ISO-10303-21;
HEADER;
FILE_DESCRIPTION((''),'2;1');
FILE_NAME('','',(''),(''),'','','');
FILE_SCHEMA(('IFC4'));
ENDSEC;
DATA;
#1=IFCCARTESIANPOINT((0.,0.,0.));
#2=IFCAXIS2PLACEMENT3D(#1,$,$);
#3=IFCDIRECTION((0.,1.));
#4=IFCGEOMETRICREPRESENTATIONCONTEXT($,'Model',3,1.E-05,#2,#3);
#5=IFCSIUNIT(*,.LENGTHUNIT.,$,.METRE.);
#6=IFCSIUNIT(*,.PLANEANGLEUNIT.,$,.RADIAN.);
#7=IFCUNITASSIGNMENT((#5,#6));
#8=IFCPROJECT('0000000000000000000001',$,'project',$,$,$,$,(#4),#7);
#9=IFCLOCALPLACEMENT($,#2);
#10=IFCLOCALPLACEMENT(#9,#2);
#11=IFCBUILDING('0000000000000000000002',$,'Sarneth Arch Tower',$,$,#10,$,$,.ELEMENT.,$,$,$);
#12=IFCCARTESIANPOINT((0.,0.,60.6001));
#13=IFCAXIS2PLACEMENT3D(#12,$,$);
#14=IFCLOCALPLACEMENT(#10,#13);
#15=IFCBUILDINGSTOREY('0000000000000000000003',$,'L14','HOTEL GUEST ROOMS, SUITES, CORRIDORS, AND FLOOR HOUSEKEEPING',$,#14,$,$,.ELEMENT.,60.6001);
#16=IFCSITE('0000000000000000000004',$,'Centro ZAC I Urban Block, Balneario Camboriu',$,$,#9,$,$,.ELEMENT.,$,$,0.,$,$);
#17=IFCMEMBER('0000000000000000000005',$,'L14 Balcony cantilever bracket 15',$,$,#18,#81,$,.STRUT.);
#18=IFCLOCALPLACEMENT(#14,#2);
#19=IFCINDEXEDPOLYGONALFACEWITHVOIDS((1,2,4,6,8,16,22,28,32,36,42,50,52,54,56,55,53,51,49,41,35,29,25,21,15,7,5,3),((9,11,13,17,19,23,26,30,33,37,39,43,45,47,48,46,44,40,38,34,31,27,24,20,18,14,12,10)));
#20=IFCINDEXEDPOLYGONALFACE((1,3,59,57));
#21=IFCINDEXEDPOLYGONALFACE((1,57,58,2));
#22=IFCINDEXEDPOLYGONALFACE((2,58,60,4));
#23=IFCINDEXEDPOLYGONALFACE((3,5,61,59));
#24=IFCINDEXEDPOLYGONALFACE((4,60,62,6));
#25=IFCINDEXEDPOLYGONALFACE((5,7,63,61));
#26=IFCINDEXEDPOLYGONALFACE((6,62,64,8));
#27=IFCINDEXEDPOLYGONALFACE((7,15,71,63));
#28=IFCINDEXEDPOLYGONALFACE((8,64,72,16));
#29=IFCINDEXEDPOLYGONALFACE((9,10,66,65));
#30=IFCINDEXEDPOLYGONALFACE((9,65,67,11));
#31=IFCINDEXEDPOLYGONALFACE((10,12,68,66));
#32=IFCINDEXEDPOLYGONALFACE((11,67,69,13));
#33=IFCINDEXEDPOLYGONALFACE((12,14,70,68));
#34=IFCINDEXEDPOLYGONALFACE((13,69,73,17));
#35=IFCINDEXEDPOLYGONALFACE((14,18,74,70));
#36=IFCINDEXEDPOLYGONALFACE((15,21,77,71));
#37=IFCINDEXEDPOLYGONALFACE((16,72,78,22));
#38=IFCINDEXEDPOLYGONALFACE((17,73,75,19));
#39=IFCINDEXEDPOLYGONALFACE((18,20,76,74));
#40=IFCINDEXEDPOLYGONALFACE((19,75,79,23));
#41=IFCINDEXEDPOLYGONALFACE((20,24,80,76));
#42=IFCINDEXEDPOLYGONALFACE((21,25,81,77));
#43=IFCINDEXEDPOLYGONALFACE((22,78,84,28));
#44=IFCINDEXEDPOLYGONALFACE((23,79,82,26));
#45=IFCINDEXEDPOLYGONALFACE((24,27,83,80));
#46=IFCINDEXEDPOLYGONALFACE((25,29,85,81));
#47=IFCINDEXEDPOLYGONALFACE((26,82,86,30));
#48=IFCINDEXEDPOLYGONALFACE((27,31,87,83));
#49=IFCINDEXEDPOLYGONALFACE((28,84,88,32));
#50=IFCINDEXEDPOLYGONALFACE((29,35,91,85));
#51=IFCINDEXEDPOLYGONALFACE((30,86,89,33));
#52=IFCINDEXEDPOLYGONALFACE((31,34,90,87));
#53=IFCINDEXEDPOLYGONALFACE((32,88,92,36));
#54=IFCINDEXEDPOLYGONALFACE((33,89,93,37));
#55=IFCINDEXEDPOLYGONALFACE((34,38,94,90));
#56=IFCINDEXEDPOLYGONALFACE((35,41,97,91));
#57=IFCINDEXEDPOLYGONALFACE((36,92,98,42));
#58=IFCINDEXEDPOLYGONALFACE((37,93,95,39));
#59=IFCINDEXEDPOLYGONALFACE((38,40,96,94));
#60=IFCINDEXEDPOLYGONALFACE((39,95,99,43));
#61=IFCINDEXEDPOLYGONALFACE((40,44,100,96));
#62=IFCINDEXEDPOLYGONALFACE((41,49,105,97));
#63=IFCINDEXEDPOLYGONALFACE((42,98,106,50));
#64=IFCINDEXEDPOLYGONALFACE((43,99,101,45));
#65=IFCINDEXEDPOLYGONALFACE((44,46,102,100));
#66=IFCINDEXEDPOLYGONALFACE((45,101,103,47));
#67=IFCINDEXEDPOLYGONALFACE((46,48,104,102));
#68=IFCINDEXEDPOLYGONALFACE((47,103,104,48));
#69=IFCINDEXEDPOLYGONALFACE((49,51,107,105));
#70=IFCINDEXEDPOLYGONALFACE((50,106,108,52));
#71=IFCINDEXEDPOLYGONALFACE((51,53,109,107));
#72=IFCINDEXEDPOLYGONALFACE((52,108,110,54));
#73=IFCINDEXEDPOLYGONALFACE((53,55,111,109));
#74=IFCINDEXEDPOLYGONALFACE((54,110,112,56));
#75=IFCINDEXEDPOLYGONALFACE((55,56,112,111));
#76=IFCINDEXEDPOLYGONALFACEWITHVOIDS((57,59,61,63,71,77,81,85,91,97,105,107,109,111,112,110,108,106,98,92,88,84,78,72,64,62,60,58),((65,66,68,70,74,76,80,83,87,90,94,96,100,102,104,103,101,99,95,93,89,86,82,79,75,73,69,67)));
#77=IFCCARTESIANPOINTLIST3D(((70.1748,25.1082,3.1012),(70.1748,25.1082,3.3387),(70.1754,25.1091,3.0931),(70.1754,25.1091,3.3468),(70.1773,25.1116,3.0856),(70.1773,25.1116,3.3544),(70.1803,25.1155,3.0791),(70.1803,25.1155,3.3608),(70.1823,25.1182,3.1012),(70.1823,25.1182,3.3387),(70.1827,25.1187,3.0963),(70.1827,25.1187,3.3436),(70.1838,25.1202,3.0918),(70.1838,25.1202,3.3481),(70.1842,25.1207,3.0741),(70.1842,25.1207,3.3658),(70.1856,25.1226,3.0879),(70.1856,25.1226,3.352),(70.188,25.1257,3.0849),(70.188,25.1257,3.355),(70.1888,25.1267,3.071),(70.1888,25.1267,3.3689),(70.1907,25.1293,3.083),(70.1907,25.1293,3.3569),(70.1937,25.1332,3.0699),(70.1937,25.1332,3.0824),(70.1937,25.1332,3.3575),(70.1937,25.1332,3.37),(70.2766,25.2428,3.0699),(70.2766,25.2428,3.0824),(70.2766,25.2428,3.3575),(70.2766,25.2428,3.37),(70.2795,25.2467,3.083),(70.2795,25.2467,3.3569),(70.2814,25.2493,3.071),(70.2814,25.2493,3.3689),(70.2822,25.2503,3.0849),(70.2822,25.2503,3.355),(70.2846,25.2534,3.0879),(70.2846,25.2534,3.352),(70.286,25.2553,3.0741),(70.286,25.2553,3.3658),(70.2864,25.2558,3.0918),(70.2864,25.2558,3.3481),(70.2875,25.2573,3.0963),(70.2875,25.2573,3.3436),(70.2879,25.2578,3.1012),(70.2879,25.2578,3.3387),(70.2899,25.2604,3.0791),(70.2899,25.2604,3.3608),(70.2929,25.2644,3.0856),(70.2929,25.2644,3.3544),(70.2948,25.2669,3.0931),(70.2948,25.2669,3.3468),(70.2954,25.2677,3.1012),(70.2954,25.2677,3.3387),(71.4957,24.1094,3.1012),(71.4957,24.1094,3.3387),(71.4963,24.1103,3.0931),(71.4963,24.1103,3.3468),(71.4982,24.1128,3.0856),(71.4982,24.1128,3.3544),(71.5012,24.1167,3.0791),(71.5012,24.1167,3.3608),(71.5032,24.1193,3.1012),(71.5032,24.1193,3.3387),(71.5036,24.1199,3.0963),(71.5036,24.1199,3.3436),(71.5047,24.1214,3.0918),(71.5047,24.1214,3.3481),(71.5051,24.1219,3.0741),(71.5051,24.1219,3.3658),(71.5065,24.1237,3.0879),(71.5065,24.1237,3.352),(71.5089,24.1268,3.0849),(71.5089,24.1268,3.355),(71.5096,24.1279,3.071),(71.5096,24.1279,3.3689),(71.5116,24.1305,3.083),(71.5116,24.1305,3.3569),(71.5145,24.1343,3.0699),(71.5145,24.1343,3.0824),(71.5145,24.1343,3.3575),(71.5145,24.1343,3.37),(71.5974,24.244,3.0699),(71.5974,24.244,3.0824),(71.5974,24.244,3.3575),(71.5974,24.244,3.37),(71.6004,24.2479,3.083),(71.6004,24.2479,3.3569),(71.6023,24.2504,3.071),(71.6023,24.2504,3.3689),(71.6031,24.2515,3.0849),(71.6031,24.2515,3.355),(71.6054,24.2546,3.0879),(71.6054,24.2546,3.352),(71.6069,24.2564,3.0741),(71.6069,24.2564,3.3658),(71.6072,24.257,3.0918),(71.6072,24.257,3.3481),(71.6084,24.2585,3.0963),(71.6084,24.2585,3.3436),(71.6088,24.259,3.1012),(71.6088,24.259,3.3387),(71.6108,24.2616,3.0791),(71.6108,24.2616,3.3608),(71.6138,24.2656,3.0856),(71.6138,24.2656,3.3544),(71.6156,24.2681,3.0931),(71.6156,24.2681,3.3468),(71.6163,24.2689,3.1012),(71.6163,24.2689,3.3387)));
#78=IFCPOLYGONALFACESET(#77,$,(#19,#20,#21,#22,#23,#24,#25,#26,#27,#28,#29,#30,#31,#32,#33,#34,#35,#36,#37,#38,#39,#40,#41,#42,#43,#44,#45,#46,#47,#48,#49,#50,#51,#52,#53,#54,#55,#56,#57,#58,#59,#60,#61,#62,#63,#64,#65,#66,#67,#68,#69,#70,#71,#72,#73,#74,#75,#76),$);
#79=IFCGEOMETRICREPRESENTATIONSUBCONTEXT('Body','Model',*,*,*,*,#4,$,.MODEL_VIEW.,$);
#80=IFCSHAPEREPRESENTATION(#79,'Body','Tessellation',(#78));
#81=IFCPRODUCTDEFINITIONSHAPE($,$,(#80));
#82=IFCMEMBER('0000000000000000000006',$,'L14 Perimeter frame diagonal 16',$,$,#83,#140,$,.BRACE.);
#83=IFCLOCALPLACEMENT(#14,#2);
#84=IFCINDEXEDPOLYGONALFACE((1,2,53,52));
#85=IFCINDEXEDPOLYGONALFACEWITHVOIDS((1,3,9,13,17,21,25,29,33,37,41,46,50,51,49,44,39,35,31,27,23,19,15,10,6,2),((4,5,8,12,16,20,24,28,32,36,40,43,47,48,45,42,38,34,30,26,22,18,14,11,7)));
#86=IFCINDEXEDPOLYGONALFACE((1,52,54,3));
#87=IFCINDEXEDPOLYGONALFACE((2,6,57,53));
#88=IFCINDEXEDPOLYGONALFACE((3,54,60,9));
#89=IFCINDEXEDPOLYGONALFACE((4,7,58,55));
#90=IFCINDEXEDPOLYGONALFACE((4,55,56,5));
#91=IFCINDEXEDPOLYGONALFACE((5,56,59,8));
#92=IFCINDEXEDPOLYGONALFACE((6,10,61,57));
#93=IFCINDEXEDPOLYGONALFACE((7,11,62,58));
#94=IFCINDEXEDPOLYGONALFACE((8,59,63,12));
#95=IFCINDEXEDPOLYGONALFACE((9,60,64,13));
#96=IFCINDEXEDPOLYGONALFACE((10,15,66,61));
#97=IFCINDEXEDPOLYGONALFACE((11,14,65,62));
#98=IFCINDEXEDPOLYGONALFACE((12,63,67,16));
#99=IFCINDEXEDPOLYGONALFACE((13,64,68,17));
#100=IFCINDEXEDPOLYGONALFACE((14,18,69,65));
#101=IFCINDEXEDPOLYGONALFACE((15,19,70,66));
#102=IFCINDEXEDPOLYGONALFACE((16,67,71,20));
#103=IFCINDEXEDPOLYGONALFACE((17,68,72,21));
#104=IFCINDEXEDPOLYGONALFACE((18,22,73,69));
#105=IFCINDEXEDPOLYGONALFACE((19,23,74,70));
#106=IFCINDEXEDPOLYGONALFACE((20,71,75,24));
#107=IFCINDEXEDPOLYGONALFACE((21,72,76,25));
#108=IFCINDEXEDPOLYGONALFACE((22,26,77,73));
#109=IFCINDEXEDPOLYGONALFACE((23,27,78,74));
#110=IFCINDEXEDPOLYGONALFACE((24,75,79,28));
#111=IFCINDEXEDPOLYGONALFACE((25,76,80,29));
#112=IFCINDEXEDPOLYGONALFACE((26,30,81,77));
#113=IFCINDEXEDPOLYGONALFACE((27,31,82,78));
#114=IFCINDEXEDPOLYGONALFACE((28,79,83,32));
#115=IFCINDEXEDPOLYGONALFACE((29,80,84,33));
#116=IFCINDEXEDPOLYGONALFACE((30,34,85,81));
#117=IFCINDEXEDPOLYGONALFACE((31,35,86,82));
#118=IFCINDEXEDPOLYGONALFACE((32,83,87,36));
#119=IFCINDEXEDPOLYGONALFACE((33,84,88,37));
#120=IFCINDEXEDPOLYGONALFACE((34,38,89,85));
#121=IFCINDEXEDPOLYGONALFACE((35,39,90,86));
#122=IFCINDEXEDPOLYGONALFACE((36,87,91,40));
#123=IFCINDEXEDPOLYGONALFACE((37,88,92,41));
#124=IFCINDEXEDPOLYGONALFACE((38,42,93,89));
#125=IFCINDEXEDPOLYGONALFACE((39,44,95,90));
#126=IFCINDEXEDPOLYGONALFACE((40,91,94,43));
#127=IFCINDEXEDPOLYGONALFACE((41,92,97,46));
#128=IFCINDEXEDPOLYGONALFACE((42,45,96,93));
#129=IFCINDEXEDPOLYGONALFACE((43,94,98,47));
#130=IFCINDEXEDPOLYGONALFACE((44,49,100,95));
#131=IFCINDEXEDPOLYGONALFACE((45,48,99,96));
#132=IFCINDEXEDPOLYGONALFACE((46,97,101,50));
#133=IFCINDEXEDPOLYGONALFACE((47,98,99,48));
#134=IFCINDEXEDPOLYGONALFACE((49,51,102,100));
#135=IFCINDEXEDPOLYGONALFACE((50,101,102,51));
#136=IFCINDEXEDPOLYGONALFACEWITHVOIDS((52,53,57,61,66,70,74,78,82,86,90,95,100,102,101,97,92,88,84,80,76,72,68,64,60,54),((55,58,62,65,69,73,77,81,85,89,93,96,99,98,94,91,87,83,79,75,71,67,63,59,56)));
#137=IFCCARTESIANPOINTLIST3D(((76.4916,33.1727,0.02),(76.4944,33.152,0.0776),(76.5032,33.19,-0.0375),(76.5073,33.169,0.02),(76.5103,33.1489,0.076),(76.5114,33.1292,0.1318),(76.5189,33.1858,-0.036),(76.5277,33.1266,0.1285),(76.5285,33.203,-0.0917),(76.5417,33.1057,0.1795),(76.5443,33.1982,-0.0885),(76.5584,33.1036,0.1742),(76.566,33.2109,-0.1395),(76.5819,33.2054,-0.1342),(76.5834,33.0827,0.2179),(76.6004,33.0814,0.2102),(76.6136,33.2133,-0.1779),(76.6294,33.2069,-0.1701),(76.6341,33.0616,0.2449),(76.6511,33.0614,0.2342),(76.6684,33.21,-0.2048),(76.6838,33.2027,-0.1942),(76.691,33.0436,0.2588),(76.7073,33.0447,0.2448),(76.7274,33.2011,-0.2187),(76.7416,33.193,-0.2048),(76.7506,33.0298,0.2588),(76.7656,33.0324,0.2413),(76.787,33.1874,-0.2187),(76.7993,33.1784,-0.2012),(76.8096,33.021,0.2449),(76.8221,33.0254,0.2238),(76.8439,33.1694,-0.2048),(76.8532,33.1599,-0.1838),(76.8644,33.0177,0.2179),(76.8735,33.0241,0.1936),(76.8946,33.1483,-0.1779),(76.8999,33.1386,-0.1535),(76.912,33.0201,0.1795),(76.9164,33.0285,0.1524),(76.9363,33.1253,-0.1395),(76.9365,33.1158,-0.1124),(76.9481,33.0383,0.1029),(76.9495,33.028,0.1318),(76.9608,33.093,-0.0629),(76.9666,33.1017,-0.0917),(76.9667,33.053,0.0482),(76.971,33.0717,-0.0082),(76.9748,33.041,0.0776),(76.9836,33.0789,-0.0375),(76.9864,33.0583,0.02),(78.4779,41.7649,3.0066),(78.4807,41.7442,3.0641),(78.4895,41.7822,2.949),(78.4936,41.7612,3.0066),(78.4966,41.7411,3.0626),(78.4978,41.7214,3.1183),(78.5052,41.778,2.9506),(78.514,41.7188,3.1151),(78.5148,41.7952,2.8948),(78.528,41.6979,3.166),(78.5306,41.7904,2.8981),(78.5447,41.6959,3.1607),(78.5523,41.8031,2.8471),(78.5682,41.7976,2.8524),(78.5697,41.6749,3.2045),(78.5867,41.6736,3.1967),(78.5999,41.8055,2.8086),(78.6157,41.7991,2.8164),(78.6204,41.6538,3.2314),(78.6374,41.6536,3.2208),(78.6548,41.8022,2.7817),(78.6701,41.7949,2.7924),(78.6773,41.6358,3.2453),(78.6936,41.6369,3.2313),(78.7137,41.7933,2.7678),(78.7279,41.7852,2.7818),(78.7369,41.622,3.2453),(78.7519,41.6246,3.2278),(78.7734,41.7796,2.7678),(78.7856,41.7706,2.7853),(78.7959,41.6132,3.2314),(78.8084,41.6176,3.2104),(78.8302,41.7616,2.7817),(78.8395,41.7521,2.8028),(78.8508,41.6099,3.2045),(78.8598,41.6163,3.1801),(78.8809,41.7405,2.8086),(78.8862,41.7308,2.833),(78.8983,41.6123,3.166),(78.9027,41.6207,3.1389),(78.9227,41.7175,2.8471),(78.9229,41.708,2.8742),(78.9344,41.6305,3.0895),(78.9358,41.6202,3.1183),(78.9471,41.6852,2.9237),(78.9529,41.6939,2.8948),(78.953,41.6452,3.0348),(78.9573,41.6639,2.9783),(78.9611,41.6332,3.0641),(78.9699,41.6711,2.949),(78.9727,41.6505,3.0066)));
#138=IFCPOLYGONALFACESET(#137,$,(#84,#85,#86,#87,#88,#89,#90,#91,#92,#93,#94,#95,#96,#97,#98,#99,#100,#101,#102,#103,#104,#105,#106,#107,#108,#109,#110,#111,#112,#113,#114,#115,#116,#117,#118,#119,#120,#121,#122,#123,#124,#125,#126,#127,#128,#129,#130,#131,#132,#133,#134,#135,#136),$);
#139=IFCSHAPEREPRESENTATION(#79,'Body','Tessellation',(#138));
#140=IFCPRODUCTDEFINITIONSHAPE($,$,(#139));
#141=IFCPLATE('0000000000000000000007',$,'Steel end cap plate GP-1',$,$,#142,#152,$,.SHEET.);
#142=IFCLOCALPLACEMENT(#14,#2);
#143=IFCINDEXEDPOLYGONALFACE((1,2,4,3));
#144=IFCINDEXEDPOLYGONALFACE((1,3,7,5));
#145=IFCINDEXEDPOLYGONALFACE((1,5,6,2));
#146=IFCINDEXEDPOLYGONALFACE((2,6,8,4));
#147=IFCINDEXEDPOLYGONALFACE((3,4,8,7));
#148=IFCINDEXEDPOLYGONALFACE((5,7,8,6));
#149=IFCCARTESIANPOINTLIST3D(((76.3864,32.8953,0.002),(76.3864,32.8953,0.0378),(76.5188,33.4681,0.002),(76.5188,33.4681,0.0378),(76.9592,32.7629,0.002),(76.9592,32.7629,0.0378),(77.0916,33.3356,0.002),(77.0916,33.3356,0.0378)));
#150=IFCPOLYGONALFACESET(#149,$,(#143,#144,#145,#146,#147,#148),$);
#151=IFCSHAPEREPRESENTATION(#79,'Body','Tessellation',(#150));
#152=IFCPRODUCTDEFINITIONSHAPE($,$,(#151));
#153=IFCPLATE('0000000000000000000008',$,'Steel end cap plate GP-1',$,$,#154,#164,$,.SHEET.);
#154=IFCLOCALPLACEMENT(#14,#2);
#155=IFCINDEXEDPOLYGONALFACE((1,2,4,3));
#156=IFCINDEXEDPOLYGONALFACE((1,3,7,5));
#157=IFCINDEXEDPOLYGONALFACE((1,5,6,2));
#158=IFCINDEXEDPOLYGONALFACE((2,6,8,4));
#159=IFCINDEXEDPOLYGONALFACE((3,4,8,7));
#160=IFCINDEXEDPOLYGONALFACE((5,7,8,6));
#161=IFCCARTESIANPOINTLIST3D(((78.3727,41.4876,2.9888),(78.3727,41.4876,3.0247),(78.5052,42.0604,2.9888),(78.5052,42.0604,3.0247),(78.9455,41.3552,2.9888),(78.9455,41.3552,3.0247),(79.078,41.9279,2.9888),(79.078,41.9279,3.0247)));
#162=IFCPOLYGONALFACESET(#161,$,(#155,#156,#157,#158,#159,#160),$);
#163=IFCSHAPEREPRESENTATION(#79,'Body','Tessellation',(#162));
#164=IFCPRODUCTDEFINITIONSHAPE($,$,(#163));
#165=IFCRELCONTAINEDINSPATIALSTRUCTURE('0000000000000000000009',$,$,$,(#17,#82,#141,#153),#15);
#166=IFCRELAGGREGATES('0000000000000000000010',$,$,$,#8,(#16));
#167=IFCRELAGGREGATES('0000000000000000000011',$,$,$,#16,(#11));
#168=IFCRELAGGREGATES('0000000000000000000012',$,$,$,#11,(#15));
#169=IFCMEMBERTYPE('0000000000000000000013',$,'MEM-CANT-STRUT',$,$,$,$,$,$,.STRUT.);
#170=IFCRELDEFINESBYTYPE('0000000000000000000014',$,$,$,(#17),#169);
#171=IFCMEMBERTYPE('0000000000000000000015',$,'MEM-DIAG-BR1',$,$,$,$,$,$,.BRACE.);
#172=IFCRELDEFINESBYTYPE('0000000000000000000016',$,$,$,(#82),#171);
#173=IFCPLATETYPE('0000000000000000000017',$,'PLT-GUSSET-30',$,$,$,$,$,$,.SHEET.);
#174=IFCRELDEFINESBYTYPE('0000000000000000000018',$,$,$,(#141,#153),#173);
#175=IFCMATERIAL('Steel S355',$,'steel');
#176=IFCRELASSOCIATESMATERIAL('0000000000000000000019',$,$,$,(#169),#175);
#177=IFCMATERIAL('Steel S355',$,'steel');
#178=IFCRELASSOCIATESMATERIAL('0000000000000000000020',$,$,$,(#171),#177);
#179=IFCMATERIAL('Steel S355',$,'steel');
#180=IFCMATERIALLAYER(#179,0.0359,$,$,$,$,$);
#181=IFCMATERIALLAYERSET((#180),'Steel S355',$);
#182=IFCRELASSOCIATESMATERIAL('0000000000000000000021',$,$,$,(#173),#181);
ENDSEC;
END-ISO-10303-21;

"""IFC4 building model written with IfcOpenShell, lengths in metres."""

from ifc_helpers import new_model, si_unit, direction, frame, origin, origin_2d, place, context, subcontext, project, spatial, rectangle, hollow_rectangle, hollow_circle, extrude, material, layer, layer_set, material_profile, profile_set, type_object, element, save


model = new_model("IFC4")

# Units and contexts
model_context = context("Model", 3, precision=1e-05, world=origin(), true_north=direction((0.0, 1.0)))
body_context = subcontext(model_context, "Body", "Model", "MODEL_VIEW")
ifc_project = project(units=[si_unit("LENGTHUNIT", "METRE"), si_unit("PLANEANGLEUNIT", "RADIAN")], contexts=[model_context])

# Site, building, storey
site_placement = place(None, origin())
site = spatial("IfcSite", under=ifc_project, at=site_placement, Name="Centro ZAC I Urban Block, Balneario Camboriu", CompositionType="ELEMENT", RefElevation=0.0)
building_placement = place(site_placement, origin())
building = spatial("IfcBuilding", under=site, at=building_placement, Name="Sarneth Arch Tower", CompositionType="ELEMENT")
storey_placement = place(building_placement, frame((0.0, 0.0, 60.6001)))
storey = spatial("IfcBuildingStorey", under=building, at=storey_placement, Name="L14", Description="HOTEL GUEST ROOMS, SUITES, CORRIDORS, AND FLOOR HOUSEKEEPING", CompositionType="ELEMENT", Elevation=60.6001)

# Members
ifc_material_1 = material(Name="Steel S355", Category="steel")
ifc_material_profile_1 = material_profile(ifc_material_1, hollow_rectangle(XDim=0.2, YDim=0.3, WallThickness=0.0125, InnerFilletRadius=0.0188, OuterFilletRadius=0.0312, at=origin_2d()), Name="RHS300x200x12.5")
ifc_profile_set_1 = profile_set([ifc_material_profile_1], Name="Steel S355")
member_type_1 = type_object("IfcMemberType", Name="MEM-CANT-STRUT", PredefinedType="STRUT", material=ifc_profile_set_1)
member_1_placement = place(storey_placement, frame((70.2351, 25.188, 3.22), z_axis=(0.797623, -0.603156, 0.0), x_axis=(0.603156, 0.797623, 0.0)))
element("IfcMember", 1, at=member_1_placement, inside=storey, type_object=member_type_1, Name="L14 Balcony cantilever bracket 15", PredefinedType="STRUT", context=body_context, shape_type="SweptSolid", body=[
    extrude(hollow_rectangle(XDim=0.2, YDim=0.3, WallThickness=0.0125, InnerFilletRadius=0.0188, OuterFilletRadius=0.0312, at=origin_2d()), origin(), (0.0, 0.0, 1.0), 1.656),
])
ifc_material_2 = material(Name="Steel S355", Category="steel")
ifc_material_profile_2 = material_profile(ifc_material_2, hollow_circle(Radius=0.2539, WallThickness=0.0161, at=origin_2d()), Name="CHS508x16")
ifc_profile_set_2 = profile_set([ifc_material_profile_2], Name="Steel S355")
member_type_2 = type_object("IfcMemberType", Name="MEM-DIAG-BR1", PredefinedType="BRACE", material=ifc_profile_set_2)
member_2_placement = place(storey_placement, frame((76.739, 33.1155, 0.02), z_axis=(0.213334, 0.922822, 0.320762), x_axis=(-0.974304, 0.225236, 0.0)))
element("IfcMember", 2, at=member_2_placement, inside=storey, type_object=member_type_2, Name="L14 Perimeter frame diagonal 16", PredefinedType="BRACE", context=body_context, shape_type="SweptSolid", body=[
    extrude(hollow_circle(Radius=0.2539, WallThickness=0.0161, at=origin_2d()), origin(), (0.0, 0.0, 1.0), 9.3108),
])

# Plates
ifc_material_3 = material(Name="Steel S355", Category="steel")
ifc_layer_1 = layer(ifc_material_3, 0.0359)
ifc_layer_set_1 = layer_set([ifc_layer_1], Name="Steel S355")
plate_type = type_object("IfcPlateType", Name="PLT-GUSSET-30", PredefinedType="SHEET", material=ifc_layer_set_1)
for number, where, z_axis, x_axis, name in (
    (3, (76.739, 33.1155, 0.002), (0.0, 0.0, 1.0), (0.225291, 0.974291, 0.0), "Steel end cap plate GP-1"),
    (4, (78.7253, 41.7078, 2.9888), (0.0, 0.0, 1.0), (0.225291, 0.974291, 0.0), "Steel end cap plate GP-1"),
):
    element("IfcPlate", number, at=place(storey_placement, frame(where, z_axis=z_axis, x_axis=x_axis)), inside=storey, type_object=plate_type, Name=name, PredefinedType="SHEET", context=body_context, shape_type="SweptSolid", body=[
        extrude(rectangle(XDim=0.5879, YDim=0.5879, at=origin_2d()), origin(), (0.0, 0.0, 1.0), 0.0359),
    ])

save(model, "model.ifc")
